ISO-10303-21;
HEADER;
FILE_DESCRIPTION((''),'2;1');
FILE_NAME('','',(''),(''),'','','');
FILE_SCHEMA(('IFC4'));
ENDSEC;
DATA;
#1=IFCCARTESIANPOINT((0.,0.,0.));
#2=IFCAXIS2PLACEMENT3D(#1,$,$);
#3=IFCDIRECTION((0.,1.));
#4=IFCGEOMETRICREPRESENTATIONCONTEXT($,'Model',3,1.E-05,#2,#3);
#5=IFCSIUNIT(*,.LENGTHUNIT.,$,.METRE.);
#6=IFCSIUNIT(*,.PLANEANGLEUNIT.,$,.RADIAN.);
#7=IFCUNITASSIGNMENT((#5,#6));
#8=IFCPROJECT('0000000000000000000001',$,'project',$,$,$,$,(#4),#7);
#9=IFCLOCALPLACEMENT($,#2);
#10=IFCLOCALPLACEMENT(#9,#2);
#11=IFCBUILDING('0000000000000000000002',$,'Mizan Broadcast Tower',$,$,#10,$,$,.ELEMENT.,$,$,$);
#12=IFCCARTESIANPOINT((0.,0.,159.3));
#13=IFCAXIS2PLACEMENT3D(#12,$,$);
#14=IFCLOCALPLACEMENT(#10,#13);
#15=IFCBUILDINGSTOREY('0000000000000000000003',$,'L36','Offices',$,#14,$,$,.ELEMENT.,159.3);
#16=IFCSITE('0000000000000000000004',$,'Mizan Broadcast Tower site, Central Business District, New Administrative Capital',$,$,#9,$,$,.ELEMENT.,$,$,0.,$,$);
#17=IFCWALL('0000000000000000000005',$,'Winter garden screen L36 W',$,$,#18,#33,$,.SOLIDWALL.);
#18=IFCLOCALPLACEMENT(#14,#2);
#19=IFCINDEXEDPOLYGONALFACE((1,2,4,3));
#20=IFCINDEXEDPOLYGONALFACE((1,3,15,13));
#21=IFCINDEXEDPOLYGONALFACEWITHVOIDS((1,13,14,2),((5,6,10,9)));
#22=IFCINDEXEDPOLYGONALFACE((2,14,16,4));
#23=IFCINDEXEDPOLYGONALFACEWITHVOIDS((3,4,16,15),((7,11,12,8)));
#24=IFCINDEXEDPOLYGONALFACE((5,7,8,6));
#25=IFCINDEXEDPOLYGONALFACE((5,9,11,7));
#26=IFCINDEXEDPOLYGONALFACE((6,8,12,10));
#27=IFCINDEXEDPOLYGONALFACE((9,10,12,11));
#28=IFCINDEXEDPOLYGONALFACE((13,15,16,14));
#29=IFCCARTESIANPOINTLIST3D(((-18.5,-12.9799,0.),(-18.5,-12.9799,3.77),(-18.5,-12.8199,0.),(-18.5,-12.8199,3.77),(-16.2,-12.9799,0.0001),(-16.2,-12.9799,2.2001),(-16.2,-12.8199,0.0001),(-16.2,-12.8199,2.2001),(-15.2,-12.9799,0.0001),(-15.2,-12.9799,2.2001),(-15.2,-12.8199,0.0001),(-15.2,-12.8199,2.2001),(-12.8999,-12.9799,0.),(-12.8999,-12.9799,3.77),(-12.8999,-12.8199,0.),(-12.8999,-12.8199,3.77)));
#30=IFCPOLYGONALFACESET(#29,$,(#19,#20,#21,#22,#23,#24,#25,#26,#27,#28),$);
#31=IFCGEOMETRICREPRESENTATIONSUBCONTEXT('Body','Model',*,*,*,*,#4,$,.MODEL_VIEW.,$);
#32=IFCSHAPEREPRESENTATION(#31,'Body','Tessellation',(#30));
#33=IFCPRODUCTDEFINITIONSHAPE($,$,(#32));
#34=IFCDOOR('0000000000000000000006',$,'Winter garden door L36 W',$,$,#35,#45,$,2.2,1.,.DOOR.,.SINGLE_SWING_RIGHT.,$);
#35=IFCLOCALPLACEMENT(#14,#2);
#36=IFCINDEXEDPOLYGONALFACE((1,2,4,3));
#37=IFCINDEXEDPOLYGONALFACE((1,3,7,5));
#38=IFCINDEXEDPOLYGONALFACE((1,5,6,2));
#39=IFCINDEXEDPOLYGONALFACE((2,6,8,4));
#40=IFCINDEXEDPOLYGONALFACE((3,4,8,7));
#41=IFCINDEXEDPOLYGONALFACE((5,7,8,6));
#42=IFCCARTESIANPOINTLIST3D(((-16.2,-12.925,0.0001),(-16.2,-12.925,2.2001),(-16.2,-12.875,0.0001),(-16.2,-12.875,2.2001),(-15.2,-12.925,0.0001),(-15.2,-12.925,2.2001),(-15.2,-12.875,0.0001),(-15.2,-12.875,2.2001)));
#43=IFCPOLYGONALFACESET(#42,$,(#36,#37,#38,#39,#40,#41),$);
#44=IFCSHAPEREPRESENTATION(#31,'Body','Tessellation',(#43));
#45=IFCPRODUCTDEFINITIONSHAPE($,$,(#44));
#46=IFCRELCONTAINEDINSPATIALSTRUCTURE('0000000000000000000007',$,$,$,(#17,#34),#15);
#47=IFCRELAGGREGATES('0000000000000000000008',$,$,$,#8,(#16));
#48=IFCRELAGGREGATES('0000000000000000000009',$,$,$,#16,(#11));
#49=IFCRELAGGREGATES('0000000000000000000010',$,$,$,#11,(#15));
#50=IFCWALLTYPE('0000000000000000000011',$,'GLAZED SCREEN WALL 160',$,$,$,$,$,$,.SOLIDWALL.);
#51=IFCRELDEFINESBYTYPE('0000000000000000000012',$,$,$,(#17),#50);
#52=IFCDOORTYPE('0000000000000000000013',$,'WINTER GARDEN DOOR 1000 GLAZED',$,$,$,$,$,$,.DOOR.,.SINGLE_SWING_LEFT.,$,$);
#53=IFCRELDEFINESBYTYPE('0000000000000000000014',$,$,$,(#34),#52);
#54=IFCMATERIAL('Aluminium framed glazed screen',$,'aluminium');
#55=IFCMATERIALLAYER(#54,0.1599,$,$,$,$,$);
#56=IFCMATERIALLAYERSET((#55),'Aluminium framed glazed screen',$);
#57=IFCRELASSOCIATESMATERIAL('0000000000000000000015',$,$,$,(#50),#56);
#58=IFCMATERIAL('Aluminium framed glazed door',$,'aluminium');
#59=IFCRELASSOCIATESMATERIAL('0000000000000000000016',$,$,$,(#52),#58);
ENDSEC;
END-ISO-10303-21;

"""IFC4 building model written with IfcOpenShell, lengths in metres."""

from ifc_helpers import new_model, si_unit, direction, frame, frame_2d, origin, place, context, subcontext, project, spatial, rectangle, extrude, material, layer, layer_set, type_object, element, fill, save


model = new_model("IFC4")

# Units and contexts
model_context = context("Model", 3, precision=1e-05, world=origin(), true_north=direction((0.0, 1.0)))
body_context = subcontext(model_context, "Body", "Model", "MODEL_VIEW")
ifc_project = project(units=[si_unit("LENGTHUNIT", "METRE"), si_unit("PLANEANGLEUNIT", "RADIAN")], contexts=[model_context])

# Site, building, storey
site_placement = place(None, origin())
site = spatial("IfcSite", under=ifc_project, at=site_placement, Name="Mizan Broadcast Tower site, Central Business District, New Administrative Capital", CompositionType="ELEMENT", RefElevation=0.0)
building_placement = place(site_placement, origin())
building = spatial("IfcBuilding", under=site, at=building_placement, Name="Mizan Broadcast Tower", CompositionType="ELEMENT")
storey_placement = place(building_placement, frame((0.0, 0.0, 159.3)))
storey = spatial("IfcBuildingStorey", under=building, at=storey_placement, Name="L36", Description="Offices", CompositionType="ELEMENT", Elevation=159.3)

# Wall, opening, door
ifc_material_1 = material(Name="Aluminium framed glazed screen", Category="aluminium")
ifc_layer_1 = layer(ifc_material_1, 0.1599)
ifc_layer_set_1 = layer_set([ifc_layer_1], Name="Aluminium framed glazed screen")
wall_type = type_object("IfcWallType", Name="GLAZED SCREEN WALL 160", PredefinedType="SOLIDWALL", material=ifc_layer_set_1)
wall_placement = place(storey_placement, frame((-18.5, -12.8999, 0.0), z_axis=(0.0, 0.0, 1.0), x_axis=(1.0, 0.0, 0.0)))
wall = element("IfcWall", 1, at=wall_placement, inside=storey, type_object=wall_type, Name="Winter garden screen L36 W", PredefinedType="SOLIDWALL", context=body_context, shape_type="SweptSolid", body=[
    extrude(rectangle(XDim=5.6001, YDim=0.1599, at=frame_2d((2.8, 0.0))), origin(), (0.0, 0.0, 1.0), 3.77),
])
opening_placement = place(wall_placement, frame((2.3, 0.0, 0.0)))
opening = element("IfcOpeningElement", 2, at=opening_placement, cuts=wall, PredefinedType="OPENING", context=body_context, shape_type="SweptSolid", body=[
    extrude(rectangle(XDim=1.0, YDim=2.2, at=frame_2d((0.5, 1.1001))), frame((0.0, 0.0898, 0.0), z_axis=(0.0, -1.0, 0.0), x_axis=(1.0, 0.0, 0.0)), (0.0, 0.0, 1.0), 0.1799),
])
ifc_material_2 = material(Name="Aluminium framed glazed door", Category="aluminium")
door_type = type_object("IfcDoorType", Name="WINTER GARDEN DOOR 1000 GLAZED", OperationType="SINGLE_SWING_LEFT", PredefinedType="DOOR", material=ifc_material_2)
door_placement = place(opening_placement, origin())
door = element("IfcDoor", 3, at=door_placement, inside=storey, type_object=door_type, Name="Winter garden door L36 W", OperationType="SINGLE_SWING_RIGHT", OverallHeight=2.2, OverallWidth=1.0, PredefinedType="DOOR", context=body_context, shape_type="SweptSolid", body=[
    extrude(rectangle(XDim=1.0, YDim=2.2, at=frame_2d((0.5, 1.1001))), frame((0.0, 0.0249, 0.0), z_axis=(0.0, -1.0, 0.0), x_axis=(1.0, 0.0, 0.0)), (0.0, 0.0, 1.0), 0.05),
])
fill(opening, door)

save(model, "model.ifc")
